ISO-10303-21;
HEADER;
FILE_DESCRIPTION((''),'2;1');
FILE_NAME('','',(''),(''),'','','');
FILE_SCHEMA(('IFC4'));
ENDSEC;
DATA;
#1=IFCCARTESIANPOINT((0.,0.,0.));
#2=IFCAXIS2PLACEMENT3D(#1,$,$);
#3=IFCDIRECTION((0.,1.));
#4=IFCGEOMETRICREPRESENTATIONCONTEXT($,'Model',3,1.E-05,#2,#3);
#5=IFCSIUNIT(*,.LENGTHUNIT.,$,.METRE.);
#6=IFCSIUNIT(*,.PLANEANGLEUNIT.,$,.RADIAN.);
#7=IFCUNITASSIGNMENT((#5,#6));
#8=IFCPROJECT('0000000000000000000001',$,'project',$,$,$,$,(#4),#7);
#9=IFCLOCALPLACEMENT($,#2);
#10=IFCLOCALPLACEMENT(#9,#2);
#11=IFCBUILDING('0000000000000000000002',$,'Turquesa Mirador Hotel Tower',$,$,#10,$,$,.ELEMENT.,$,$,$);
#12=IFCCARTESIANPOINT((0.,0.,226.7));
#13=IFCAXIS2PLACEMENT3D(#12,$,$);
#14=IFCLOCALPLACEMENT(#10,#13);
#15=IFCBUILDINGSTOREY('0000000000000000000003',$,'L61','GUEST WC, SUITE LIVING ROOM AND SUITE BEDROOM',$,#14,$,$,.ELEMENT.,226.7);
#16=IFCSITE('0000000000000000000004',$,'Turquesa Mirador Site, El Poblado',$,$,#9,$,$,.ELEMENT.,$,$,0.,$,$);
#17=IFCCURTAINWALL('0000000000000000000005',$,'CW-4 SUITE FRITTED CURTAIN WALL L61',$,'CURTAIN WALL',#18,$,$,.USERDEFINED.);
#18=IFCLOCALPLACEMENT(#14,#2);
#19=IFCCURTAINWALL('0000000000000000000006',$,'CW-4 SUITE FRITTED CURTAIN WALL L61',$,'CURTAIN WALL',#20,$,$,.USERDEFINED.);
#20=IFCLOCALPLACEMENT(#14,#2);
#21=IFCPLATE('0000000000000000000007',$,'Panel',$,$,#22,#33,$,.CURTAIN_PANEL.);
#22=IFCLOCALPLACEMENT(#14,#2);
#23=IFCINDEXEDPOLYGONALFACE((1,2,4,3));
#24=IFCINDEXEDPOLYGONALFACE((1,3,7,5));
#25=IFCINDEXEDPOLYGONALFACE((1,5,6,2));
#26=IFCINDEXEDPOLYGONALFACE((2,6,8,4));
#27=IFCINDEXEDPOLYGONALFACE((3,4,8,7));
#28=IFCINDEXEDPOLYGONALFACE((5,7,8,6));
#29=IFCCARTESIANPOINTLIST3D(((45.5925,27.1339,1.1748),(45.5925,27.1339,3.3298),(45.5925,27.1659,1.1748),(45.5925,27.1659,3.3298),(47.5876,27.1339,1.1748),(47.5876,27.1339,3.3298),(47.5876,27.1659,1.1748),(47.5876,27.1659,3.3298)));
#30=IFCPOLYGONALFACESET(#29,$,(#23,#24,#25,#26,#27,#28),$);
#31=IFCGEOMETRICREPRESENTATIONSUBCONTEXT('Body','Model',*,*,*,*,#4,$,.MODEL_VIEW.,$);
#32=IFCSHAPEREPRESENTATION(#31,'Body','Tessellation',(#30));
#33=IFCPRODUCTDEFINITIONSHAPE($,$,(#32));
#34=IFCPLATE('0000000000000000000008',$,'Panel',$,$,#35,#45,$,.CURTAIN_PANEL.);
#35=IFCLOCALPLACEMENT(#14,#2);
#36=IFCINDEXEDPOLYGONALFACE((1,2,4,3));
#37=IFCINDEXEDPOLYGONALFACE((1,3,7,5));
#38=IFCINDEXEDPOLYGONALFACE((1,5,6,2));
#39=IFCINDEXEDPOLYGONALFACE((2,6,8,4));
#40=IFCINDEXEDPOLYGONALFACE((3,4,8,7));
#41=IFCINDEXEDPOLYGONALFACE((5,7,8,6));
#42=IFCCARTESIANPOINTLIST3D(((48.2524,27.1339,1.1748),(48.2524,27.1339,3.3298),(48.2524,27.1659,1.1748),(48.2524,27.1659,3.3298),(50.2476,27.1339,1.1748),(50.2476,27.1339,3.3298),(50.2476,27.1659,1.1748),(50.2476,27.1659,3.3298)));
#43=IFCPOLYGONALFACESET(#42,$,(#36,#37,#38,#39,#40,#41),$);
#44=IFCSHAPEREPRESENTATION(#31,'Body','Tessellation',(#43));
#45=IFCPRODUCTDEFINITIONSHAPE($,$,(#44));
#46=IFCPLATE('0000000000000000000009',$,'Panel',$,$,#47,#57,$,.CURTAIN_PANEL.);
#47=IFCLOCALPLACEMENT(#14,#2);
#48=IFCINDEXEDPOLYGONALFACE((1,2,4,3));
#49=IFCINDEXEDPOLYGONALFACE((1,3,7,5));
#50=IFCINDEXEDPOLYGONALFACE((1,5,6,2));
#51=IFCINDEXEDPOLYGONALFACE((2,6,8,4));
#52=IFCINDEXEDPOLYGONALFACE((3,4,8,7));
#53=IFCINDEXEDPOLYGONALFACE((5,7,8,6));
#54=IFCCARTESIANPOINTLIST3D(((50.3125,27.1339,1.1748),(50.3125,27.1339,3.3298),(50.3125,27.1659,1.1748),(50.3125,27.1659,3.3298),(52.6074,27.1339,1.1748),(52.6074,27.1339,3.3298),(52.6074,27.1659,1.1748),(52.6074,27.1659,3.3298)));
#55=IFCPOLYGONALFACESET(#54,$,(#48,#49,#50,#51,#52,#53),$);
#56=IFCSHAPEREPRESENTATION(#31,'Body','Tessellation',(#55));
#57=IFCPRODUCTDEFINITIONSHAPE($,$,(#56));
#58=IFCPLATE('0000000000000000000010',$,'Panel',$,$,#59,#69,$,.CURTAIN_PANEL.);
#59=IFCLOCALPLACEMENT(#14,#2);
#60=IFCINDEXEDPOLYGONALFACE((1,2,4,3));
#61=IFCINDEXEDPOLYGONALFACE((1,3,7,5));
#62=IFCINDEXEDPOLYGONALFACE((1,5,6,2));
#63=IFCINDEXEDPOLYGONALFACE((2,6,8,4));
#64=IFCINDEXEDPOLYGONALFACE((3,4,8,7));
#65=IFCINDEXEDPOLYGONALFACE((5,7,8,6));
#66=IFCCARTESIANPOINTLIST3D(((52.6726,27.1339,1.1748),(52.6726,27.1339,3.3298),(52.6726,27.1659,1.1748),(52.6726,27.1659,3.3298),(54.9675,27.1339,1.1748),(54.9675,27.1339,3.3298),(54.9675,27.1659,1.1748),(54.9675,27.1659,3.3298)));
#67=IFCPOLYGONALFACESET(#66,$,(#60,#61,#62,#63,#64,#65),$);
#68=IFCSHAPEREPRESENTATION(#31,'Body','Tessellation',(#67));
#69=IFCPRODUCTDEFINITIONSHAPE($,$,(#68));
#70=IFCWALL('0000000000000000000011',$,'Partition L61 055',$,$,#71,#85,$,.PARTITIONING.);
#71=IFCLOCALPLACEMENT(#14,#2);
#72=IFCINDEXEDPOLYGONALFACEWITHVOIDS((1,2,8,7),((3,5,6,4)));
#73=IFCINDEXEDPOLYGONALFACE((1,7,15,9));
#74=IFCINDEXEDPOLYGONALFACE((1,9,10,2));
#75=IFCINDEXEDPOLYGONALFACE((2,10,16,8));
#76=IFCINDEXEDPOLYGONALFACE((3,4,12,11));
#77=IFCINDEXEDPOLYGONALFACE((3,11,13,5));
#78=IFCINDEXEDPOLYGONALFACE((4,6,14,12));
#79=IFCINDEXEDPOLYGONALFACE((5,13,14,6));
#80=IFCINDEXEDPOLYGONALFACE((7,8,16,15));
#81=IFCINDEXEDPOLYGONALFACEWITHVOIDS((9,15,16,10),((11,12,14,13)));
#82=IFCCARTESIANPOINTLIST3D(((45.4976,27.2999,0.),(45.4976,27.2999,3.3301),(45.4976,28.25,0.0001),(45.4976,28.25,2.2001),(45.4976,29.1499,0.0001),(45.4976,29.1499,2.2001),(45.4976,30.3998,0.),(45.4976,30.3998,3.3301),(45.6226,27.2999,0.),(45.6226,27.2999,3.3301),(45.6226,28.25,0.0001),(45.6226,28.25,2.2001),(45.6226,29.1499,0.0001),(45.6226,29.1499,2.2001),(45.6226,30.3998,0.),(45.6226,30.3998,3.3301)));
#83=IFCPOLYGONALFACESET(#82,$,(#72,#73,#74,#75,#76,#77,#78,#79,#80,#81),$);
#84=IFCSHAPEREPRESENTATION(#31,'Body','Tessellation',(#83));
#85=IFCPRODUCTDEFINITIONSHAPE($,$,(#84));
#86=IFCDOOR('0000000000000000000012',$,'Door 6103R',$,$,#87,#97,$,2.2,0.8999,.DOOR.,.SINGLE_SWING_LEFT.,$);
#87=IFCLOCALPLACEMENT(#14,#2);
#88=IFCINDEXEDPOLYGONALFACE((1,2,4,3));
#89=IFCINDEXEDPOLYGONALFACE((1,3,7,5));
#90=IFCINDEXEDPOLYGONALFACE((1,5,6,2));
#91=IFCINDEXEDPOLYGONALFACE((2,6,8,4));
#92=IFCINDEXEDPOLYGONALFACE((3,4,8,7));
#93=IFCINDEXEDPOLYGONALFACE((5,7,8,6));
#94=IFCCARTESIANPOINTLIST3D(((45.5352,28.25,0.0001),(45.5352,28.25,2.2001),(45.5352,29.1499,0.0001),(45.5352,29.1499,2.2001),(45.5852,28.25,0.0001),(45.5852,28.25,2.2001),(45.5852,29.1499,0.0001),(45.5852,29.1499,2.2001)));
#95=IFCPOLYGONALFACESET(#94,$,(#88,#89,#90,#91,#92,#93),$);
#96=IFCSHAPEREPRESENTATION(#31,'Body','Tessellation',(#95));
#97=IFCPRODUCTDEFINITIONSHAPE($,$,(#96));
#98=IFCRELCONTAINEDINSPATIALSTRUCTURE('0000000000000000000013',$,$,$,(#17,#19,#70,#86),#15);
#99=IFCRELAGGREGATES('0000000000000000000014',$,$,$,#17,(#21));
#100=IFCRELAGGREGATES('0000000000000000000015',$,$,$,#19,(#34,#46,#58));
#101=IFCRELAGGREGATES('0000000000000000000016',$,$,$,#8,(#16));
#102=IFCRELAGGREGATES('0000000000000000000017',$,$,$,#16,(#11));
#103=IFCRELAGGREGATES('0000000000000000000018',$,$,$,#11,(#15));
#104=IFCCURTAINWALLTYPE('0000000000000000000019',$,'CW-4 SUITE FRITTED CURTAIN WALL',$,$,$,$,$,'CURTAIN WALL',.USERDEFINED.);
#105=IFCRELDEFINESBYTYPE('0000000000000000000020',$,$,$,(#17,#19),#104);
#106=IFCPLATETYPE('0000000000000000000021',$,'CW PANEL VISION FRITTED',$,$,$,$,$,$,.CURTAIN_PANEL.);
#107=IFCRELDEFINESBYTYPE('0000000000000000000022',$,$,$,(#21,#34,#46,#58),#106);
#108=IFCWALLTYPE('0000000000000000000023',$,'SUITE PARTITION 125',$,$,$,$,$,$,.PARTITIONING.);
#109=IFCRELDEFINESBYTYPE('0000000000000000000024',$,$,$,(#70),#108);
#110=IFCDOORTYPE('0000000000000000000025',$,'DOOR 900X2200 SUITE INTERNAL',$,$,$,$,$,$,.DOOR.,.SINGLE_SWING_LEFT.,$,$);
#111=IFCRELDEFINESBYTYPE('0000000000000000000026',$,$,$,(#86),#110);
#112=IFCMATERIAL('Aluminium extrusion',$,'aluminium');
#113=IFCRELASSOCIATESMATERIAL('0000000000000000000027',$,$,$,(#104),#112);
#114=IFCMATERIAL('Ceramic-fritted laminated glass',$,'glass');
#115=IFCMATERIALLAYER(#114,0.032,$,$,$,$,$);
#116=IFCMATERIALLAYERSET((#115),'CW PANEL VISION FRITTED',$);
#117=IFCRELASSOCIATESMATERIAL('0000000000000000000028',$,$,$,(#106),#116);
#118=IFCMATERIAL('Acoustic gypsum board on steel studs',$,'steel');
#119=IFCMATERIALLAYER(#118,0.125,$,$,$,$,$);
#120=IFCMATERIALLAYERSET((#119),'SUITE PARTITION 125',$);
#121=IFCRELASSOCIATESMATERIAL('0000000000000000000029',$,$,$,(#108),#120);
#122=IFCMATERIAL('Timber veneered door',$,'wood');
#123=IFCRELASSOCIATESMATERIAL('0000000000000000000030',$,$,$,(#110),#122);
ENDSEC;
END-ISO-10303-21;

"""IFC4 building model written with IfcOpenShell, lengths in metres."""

from ifc_helpers import new_model, si_unit, direction, frame, frame_2d, origin, origin_2d, place, context, subcontext, project, spatial, rectangle, extrude, material, layer, layer_set, type_object, element, fill, aggregate, save


model = new_model("IFC4")

# Units and contexts
model_context = context("Model", 3, precision=1e-05, world=origin(), true_north=direction((0.0, 1.0)))
body_context = subcontext(model_context, "Body", "Model", "MODEL_VIEW")
ifc_project = project(units=[si_unit("LENGTHUNIT", "METRE"), si_unit("PLANEANGLEUNIT", "RADIAN")], contexts=[model_context])

# Site, building, storey
site_placement = place(None, origin())
site = spatial("IfcSite", under=ifc_project, at=site_placement, Name="Turquesa Mirador Site, El Poblado", CompositionType="ELEMENT", RefElevation=0.0)
building_placement = place(site_placement, origin())
building = spatial("IfcBuilding", under=site, at=building_placement, Name="Turquesa Mirador Hotel Tower", CompositionType="ELEMENT")
storey_placement = place(building_placement, frame((0.0, 0.0, 226.7)))
storey = spatial("IfcBuildingStorey", under=building, at=storey_placement, Name="L61", Description="GUEST WC, SUITE LIVING ROOM AND SUITE BEDROOM", CompositionType="ELEMENT", Elevation=226.7)

# Curtain walls
ifc_material_1 = material(Name="Aluminium extrusion", Category="aluminium")
curtain_wall_type = type_object("IfcCurtainWallType", Name="CW-4 SUITE FRITTED CURTAIN WALL", ElementType="CURTAIN WALL", PredefinedType="USERDEFINED", material=ifc_material_1)
curtain_wall_1_placement = place(storey_placement, origin())
curtain_wall_1 = element("IfcCurtainWall", 1, at=curtain_wall_1_placement, inside=storey, type_object=curtain_wall_type, Name="CW-4 SUITE FRITTED CURTAIN WALL L61", ObjectType="CURTAIN WALL", PredefinedType="USERDEFINED")
curtain_wall_2_placement = place(storey_placement, origin())
curtain_wall_2 = element("IfcCurtainWall", 2, at=curtain_wall_2_placement, inside=storey, type_object=curtain_wall_type, Name="CW-4 SUITE FRITTED CURTAIN WALL L61", ObjectType="CURTAIN WALL", PredefinedType="USERDEFINED")

# Plates
ifc_material_2 = material(Name="Ceramic-fritted laminated glass", Category="glass")
ifc_layer_1 = layer(ifc_material_2, 0.032)
ifc_layer_set_1 = layer_set([ifc_layer_1], Name="CW PANEL VISION FRITTED")
plate_type_1 = type_object("IfcPlateType", Name="CW PANEL VISION FRITTED", PredefinedType="CURTAIN_PANEL", material=ifc_layer_set_1)
plate_1_placement = place(storey_placement, frame((46.5901, 27.1499, 1.1748), z_axis=(0.0, 0.0, 1.0), x_axis=(1.0, 0.0, 0.0)))
plate_1 = element("IfcPlate", 3, at=plate_1_placement, type_object=plate_type_1, Name="Panel", PredefinedType="CURTAIN_PANEL", context=body_context, shape_type="SweptSolid", body=[
    extrude(rectangle(XDim=1.9951, YDim=0.032, at=origin_2d()), origin(), (0.0, 0.0, 1.0), 2.155),
])
aggregate(curtain_wall_1, [plate_1])
plate_2_placement = place(storey_placement, frame((49.25, 27.1499, 1.1748), z_axis=(0.0, 0.0, 1.0), x_axis=(1.0, 0.0, 0.0)))
plate_2 = element("IfcPlate", 4, at=plate_2_placement, type_object=plate_type_1, Name="Panel", PredefinedType="CURTAIN_PANEL", context=body_context, shape_type="SweptSolid", body=[
    extrude(rectangle(XDim=1.9951, YDim=0.032, at=origin_2d()), origin(), (0.0, 0.0, 1.0), 2.155),
])
plate_3_placement = place(storey_placement, frame((51.46, 27.1499, 1.1748), z_axis=(0.0, 0.0, 1.0), x_axis=(1.0, 0.0, 0.0)))
plate_3 = element("IfcPlate", 5, at=plate_3_placement, type_object=plate_type_1, Name="Panel", PredefinedType="CURTAIN_PANEL", context=body_context, shape_type="SweptSolid", body=[
    extrude(rectangle(XDim=2.2949, YDim=0.032, at=origin_2d()), origin(), (0.0, 0.0, 1.0), 2.155),
])
plate_4_placement = place(storey_placement, frame((53.8201, 27.1499, 1.1748), z_axis=(0.0, 0.0, 1.0), x_axis=(1.0, 0.0, 0.0)))
plate_4 = element("IfcPlate", 6, at=plate_4_placement, type_object=plate_type_1, Name="Panel", PredefinedType="CURTAIN_PANEL", context=body_context, shape_type="SweptSolid", body=[
    extrude(rectangle(XDim=2.2949, YDim=0.032, at=origin_2d()), origin(), (0.0, 0.0, 1.0), 2.155),
])
aggregate(curtain_wall_2, [plate_2, plate_3, plate_4])

# Wall, opening, door
ifc_material_3 = material(Name="Acoustic gypsum board on steel studs", Category="steel")
ifc_layer_2 = layer(ifc_material_3, 0.125)
ifc_layer_set_2 = layer_set([ifc_layer_2], Name="SUITE PARTITION 125")
wall_type = type_object("IfcWallType", Name="SUITE PARTITION 125", PredefinedType="PARTITIONING", material=ifc_layer_set_2)
wall_placement = place(storey_placement, frame((45.5601, 27.3, 0.0), z_axis=(0.0, 0.0, 1.0), x_axis=(0.0, 1.0, 0.0)))
wall = element("IfcWall", 7, at=wall_placement, inside=storey, type_object=wall_type, Name="Partition L61 055", PredefinedType="PARTITIONING", context=body_context, shape_type="SweptSolid", body=[
    extrude(rectangle(XDim=3.0999, YDim=0.125, at=frame_2d((1.5498, 0.0))), origin(), (0.0, 0.0, 1.0), 3.3301),
])
opening_placement = place(wall_placement, frame((0.95, 0.0, 0.0)))
opening = element("IfcOpeningElement", 8, at=opening_placement, cuts=wall, PredefinedType="OPENING", context=body_context, shape_type="SweptSolid", body=[
    extrude(rectangle(XDim=0.8999, YDim=2.2, at=frame_2d((0.45, 1.1001))), frame((0.0, 0.0725, 0.0), z_axis=(0.0, -1.0, 0.0), x_axis=(1.0, 0.0, 0.0)), (0.0, 0.0, 1.0), 0.145),
])
ifc_material_4 = material(Name="Timber veneered door", Category="wood")
door_type = type_object("IfcDoorType", Name="DOOR 900X2200 SUITE INTERNAL", OperationType="SINGLE_SWING_LEFT", PredefinedType="DOOR", material=ifc_material_4)
door_placement = place(opening_placement, origin())
door = element("IfcDoor", 9, at=door_placement, inside=storey, type_object=door_type, Name="Door 6103R", OperationType="SINGLE_SWING_LEFT", OverallHeight=2.2, OverallWidth=0.8999, PredefinedType="DOOR", context=body_context, shape_type="SweptSolid", body=[
    extrude(rectangle(XDim=0.8999, YDim=2.2, at=frame_2d((0.45, 1.1001))), frame((0.0, 0.0249, 0.0), z_axis=(0.0, -1.0, 0.0), x_axis=(1.0, 0.0, 0.0)), (0.0, 0.0, 1.0), 0.05),
])
fill(opening, door)

save(model, "model.ifc")
